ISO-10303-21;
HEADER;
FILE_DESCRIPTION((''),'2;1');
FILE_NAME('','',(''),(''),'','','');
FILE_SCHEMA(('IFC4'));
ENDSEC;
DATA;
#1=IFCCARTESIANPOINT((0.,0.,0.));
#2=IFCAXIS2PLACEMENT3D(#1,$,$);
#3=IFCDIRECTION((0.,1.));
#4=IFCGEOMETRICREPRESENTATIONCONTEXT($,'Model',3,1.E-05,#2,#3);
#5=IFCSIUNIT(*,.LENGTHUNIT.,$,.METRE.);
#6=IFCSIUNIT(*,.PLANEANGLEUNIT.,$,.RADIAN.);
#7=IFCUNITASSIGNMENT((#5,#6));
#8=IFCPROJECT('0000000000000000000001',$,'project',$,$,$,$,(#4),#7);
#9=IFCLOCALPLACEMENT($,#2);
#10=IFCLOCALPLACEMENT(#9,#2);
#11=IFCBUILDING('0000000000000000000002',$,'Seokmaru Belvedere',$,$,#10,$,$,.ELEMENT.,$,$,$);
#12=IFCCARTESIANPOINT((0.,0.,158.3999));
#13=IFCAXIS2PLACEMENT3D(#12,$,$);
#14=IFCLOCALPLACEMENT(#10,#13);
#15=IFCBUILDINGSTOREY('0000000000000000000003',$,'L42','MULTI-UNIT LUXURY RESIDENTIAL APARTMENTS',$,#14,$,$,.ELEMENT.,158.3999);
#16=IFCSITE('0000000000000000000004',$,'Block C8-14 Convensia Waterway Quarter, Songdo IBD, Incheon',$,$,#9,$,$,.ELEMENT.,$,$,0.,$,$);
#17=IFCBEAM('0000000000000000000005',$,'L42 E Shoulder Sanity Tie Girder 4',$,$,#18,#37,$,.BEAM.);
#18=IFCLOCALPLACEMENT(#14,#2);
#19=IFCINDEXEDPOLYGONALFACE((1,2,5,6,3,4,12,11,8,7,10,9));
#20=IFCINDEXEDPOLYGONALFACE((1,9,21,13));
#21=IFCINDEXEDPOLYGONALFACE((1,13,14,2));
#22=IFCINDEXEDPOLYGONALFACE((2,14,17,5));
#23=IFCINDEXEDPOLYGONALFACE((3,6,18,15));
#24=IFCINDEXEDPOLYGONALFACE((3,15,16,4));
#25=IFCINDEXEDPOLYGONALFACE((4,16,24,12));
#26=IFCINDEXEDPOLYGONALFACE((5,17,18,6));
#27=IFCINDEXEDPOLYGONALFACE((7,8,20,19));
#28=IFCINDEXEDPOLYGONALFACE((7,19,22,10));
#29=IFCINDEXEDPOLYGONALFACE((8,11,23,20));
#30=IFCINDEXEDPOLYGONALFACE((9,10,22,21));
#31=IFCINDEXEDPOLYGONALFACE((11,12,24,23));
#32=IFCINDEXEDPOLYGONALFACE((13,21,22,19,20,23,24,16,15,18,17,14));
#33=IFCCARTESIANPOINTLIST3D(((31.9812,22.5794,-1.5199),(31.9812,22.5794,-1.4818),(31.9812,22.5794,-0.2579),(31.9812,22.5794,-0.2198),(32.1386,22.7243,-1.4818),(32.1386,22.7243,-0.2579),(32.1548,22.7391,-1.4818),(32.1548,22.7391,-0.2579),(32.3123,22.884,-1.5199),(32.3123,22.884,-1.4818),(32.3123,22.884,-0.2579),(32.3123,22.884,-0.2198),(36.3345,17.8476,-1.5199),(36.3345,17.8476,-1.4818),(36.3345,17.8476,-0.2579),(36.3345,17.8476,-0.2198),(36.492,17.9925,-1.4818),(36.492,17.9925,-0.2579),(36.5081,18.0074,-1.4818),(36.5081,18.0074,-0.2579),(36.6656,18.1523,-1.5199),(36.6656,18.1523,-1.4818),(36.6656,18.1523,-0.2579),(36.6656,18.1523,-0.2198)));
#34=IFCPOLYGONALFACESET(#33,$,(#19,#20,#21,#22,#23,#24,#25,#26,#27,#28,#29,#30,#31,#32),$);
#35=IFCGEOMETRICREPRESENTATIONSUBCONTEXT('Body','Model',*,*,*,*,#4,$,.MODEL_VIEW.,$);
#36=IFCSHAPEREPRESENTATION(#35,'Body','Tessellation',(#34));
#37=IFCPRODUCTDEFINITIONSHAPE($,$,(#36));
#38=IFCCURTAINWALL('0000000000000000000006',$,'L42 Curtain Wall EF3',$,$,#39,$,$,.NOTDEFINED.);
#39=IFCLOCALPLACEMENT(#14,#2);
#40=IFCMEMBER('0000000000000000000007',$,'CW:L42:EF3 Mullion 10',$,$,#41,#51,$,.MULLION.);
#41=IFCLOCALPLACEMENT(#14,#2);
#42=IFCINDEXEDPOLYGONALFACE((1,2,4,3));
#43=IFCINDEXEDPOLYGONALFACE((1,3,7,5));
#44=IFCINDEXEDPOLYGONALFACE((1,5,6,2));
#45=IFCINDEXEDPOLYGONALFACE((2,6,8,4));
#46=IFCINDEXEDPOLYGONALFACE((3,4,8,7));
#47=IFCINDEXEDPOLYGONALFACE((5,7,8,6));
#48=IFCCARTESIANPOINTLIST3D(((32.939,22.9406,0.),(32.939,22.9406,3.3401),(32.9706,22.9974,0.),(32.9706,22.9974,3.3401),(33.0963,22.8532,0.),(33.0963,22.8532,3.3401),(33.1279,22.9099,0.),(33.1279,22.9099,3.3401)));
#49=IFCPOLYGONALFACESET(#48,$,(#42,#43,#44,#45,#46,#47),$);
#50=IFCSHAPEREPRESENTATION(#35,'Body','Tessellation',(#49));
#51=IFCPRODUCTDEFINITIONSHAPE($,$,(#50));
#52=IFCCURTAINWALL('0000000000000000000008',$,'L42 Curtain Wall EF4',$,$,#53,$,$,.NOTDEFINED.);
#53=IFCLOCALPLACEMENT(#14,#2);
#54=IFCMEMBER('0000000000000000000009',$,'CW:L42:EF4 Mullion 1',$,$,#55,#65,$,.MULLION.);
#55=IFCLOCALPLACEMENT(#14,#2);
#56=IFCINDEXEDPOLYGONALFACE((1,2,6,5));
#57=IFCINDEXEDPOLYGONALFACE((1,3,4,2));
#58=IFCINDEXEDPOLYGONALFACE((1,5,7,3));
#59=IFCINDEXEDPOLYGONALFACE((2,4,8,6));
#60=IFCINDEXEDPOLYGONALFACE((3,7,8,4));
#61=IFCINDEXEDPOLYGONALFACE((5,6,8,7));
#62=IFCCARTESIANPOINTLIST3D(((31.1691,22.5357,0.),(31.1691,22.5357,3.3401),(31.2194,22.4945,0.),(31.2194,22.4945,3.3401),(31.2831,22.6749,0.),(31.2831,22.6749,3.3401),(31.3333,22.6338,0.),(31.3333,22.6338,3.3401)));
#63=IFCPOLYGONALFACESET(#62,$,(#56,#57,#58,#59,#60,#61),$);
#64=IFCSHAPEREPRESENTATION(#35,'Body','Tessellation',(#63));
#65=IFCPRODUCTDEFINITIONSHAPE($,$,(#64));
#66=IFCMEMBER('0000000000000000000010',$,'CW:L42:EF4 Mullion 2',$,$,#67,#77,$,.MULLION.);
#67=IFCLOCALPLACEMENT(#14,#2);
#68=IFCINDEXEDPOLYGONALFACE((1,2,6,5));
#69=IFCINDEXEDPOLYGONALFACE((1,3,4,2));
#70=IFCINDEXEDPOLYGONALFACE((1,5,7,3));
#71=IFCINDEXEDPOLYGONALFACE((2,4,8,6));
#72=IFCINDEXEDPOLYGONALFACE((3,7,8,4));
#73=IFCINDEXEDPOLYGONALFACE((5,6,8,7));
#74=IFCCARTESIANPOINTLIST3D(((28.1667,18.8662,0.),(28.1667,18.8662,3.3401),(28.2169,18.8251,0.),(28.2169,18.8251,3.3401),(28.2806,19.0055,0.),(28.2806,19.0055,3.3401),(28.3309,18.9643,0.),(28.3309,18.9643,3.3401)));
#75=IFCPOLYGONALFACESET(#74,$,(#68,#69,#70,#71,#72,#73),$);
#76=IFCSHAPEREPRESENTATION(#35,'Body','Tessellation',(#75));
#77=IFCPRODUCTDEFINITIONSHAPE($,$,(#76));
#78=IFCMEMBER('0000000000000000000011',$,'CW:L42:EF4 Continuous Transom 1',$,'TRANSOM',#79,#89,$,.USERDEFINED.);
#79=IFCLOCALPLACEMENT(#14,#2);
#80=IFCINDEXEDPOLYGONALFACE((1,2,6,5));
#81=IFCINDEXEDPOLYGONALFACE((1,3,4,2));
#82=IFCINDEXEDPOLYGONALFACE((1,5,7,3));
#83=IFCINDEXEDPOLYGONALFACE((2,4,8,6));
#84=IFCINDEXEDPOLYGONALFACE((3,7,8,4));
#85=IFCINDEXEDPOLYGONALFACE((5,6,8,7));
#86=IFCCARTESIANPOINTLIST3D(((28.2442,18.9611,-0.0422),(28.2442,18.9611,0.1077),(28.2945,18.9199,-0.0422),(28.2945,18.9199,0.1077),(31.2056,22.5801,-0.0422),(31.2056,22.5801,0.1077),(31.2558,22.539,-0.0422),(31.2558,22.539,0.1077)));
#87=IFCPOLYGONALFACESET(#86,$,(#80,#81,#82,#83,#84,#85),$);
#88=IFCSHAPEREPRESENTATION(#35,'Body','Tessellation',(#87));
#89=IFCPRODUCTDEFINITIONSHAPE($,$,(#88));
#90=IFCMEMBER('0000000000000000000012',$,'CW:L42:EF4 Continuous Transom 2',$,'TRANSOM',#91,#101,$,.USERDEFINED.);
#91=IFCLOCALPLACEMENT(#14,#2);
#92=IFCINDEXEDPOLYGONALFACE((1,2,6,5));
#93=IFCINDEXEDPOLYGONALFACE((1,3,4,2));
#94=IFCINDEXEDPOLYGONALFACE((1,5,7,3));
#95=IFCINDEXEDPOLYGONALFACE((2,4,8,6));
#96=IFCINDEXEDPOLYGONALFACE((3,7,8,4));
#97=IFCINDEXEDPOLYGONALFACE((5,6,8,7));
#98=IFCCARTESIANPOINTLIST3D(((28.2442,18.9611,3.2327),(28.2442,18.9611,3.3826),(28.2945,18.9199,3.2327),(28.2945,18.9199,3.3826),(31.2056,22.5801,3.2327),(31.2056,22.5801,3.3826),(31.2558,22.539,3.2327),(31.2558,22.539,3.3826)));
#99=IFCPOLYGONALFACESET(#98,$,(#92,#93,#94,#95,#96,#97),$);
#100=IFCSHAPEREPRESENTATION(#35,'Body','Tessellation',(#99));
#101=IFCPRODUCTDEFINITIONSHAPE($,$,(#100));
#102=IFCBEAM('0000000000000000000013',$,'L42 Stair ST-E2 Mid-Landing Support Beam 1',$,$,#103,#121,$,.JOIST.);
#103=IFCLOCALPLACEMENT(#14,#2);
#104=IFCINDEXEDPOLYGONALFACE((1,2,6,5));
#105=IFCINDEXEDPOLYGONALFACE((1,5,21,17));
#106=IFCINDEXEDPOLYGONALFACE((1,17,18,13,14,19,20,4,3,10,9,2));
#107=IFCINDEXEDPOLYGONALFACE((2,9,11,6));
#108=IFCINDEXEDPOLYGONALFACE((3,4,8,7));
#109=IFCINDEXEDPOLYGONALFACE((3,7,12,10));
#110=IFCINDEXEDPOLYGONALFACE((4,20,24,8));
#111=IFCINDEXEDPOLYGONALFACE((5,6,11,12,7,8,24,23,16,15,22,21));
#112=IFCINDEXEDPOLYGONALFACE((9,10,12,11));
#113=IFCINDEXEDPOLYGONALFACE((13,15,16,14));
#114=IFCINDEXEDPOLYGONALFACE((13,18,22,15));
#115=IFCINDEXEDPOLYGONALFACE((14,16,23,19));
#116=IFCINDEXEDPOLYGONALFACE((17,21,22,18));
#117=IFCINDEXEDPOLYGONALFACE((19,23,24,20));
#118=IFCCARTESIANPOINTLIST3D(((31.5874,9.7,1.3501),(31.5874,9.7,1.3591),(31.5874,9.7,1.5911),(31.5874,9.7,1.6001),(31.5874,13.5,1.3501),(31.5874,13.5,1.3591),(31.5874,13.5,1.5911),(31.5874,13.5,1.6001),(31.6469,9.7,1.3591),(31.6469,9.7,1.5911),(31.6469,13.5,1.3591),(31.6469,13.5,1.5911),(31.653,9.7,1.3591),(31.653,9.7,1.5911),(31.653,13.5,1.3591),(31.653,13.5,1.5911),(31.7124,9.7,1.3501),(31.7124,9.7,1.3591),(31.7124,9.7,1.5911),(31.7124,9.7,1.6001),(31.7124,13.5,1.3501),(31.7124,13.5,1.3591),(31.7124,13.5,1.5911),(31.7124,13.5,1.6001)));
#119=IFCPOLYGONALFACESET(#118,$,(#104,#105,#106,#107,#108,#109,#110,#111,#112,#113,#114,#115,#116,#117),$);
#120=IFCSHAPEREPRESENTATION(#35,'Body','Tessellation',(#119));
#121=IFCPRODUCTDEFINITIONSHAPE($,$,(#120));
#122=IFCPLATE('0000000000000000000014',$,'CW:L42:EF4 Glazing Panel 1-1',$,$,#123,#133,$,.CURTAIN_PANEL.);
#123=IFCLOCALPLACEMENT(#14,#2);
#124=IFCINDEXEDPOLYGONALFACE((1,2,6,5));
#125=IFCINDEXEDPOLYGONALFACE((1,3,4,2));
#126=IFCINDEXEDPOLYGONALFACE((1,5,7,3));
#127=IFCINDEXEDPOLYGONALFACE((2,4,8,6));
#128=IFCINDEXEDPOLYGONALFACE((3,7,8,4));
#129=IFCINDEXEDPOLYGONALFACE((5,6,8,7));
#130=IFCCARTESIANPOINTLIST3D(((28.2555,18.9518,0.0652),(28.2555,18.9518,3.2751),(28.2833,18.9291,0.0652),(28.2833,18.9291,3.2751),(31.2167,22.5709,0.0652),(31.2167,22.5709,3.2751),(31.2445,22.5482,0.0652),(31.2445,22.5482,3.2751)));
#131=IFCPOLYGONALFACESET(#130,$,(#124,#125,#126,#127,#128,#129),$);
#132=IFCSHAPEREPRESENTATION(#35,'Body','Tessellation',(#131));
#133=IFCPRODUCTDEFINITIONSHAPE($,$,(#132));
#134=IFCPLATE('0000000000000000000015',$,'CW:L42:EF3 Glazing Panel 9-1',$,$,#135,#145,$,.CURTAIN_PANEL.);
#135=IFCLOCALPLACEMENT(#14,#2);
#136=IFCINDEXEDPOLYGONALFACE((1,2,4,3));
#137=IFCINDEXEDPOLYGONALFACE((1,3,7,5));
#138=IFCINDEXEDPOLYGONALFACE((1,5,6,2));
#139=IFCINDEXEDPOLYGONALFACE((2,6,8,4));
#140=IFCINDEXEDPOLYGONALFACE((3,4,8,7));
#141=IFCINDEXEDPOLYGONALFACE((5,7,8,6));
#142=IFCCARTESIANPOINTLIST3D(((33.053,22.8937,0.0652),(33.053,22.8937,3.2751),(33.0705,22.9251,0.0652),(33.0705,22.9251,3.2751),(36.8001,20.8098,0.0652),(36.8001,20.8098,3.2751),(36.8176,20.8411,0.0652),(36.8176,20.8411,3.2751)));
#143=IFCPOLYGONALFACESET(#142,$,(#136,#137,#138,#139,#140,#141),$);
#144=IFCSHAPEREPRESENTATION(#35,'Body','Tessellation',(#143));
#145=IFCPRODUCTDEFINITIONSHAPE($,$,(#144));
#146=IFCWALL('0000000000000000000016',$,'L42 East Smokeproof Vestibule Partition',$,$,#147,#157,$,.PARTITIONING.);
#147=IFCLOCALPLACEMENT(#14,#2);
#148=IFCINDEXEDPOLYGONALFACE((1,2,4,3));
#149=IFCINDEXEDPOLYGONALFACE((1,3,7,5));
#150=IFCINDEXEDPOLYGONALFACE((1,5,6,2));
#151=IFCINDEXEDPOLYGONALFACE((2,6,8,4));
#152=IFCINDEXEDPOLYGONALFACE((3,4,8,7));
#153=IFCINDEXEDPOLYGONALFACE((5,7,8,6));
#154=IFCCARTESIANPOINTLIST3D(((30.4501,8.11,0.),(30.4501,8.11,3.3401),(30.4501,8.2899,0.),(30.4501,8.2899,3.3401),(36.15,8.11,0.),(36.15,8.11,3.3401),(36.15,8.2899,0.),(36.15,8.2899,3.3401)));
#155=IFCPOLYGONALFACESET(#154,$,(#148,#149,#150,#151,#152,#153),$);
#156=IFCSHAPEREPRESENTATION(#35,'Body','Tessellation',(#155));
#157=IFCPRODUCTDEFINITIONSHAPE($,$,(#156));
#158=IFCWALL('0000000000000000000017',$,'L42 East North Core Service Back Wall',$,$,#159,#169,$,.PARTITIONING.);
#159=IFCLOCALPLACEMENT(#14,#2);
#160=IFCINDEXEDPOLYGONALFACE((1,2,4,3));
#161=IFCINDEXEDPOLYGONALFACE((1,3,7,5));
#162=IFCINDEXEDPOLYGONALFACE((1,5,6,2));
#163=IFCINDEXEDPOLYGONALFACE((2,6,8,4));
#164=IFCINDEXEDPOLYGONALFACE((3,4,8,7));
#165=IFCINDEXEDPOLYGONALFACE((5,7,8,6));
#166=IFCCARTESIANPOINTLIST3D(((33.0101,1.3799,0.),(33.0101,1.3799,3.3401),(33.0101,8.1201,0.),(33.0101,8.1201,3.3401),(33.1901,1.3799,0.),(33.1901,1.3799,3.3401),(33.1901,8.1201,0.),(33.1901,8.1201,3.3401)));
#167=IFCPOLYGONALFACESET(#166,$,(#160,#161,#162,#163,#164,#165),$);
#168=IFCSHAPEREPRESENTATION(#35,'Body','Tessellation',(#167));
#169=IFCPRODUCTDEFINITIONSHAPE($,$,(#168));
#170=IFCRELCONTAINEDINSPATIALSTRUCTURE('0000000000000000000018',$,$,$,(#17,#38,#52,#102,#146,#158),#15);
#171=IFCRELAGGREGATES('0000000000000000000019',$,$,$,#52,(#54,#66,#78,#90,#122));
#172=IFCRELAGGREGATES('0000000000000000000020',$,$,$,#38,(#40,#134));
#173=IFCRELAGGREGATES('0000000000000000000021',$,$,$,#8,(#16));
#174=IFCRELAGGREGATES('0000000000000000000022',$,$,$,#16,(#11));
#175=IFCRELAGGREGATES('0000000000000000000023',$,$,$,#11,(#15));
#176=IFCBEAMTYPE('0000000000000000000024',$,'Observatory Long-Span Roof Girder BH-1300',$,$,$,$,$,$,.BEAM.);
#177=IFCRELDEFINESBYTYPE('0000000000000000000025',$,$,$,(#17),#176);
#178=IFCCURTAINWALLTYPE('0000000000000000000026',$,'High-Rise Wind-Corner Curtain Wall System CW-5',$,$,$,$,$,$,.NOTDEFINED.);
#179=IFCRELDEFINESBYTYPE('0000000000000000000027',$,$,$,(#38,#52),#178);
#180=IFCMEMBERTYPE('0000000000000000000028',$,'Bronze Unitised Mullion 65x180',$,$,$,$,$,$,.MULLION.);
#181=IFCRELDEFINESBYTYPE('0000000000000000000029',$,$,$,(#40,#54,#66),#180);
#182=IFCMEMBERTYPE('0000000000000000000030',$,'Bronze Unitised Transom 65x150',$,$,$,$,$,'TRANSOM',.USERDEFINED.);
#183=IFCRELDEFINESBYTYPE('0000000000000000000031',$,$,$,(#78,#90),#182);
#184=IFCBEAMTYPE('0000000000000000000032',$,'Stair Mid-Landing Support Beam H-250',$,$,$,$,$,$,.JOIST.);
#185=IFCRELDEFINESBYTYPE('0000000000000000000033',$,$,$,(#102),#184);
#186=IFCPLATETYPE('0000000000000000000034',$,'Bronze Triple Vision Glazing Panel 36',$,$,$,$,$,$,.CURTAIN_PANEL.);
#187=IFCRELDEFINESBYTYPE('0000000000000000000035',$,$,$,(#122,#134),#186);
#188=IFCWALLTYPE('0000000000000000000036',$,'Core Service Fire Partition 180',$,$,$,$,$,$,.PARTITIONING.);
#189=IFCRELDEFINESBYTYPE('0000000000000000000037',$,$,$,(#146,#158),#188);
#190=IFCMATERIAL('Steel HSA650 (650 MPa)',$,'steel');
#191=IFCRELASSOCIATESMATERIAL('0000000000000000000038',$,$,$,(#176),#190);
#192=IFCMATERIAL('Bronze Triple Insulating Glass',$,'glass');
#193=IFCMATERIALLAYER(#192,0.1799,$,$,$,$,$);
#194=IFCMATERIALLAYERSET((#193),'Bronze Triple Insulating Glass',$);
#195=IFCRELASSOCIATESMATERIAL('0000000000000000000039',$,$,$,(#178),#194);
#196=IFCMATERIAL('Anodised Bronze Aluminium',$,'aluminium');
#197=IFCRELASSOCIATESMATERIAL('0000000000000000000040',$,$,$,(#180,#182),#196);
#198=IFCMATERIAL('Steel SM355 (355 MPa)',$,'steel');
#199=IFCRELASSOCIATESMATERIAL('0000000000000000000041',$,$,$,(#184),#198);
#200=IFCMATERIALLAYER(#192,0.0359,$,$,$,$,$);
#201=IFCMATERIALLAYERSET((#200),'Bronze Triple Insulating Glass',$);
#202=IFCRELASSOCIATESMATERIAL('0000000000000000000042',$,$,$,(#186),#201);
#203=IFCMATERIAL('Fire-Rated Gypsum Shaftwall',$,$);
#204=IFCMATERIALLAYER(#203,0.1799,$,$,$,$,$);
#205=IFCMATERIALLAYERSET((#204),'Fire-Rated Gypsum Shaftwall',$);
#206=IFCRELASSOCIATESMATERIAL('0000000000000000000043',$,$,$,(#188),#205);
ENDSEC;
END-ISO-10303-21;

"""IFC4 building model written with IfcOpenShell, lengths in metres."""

from ifc_helpers import new_model, si_unit, direction, frame, frame_2d, origin, origin_2d, place, context, subcontext, project, spatial, rectangle, i_section, extrude, source, transform, mapped, material, layer, layer_set, material_profile, profile_set, type_object, type_shapes, element, aggregate, save


model = new_model("IFC4")

# Units and contexts
model_context = context("Model", 3, precision=1e-05, world=origin(), true_north=direction((0.0, 1.0)))
body_context = subcontext(model_context, "Body", "Model", "MODEL_VIEW")
ifc_project = project(units=[si_unit("LENGTHUNIT", "METRE"), si_unit("PLANEANGLEUNIT", "RADIAN")], contexts=[model_context])

# Site, building, storey
site_placement = place(None, origin())
site = spatial("IfcSite", under=ifc_project, at=site_placement, Name="Block C8-14 Convensia Waterway Quarter, Songdo IBD, Incheon", CompositionType="ELEMENT", RefElevation=0.0)
building_placement = place(site_placement, origin())
building = spatial("IfcBuilding", under=site, at=building_placement, Name="Seokmaru Belvedere", CompositionType="ELEMENT")
storey_placement = place(building_placement, frame((0.0, 0.0, 158.3999)))
storey = spatial("IfcBuildingStorey", under=building, at=storey_placement, Name="L42", Description="MULTI-UNIT LUXURY RESIDENTIAL APARTMENTS", CompositionType="ELEMENT", Elevation=158.3999)

# Shared definitions
ifc_material_1 = material(Name="Steel SM355 (355 MPa)", Category="steel")

# Beam
ifc_material_2 = material(Name="Steel HSA650 (650 MPa)", Category="steel")
ifc_material_profile_1 = material_profile(ifc_material_2, i_section(OverallWidth=0.45, OverallDepth=1.3, WebThickness=0.022, FlangeThickness=0.0381, at=origin_2d()), Name="BH-1300x450x22x38")
ifc_profile_set_1 = profile_set([ifc_material_profile_1], Name="Steel HSA650 (650 MPa)")
beam_type_1 = type_object("IfcBeamType", Name="Observatory Long-Span Roof Girder BH-1300", PredefinedType="BEAM", material=ifc_profile_set_1)
shared_shape_1 = source(origin(), body_context, "Body", "SweptSolid", [
    extrude(i_section(OverallWidth=0.45, OverallDepth=1.3, WebThickness=0.022, FlangeThickness=0.0381, at=origin_2d()), origin(), (0.0, 0.0, 1.0), 6.4297),
])
beam_1_placement = place(storey_placement, frame((32.1467, 22.7317, -0.8699), z_axis=(0.677066, -0.735922, 0.0), x_axis=(0.735922, 0.677066, 0.0)))
element("IfcBeam", 1, at=beam_1_placement, inside=storey, type_object=beam_type_1, Name="L42 E Shoulder Sanity Tie Girder 4", PredefinedType="BEAM", context=body_context, shape_type="MappedRepresentation", body=[
    mapped(shared_shape_1, transform((0.0, 0.0, 0.0), scale=1.0)),
])

# Curtain wall, member
ifc_material_3 = material(Name="Bronze Triple Insulating Glass", Category="glass")
ifc_layer_1 = layer(ifc_material_3, 0.1799)
ifc_layer_set_1 = layer_set([ifc_layer_1], Name="Bronze Triple Insulating Glass")
curtain_wall_type = type_object("IfcCurtainWallType", Name="High-Rise Wind-Corner Curtain Wall System CW-5", PredefinedType="NOTDEFINED", material=ifc_layer_set_1)
curtain_wall_1_placement = place(storey_placement, origin())
curtain_wall_1 = element("IfcCurtainWall", 2, at=curtain_wall_1_placement, inside=storey, type_object=curtain_wall_type, Name="L42 Curtain Wall EF3", PredefinedType="NOTDEFINED")
ifc_material_4 = material(Name="Anodised Bronze Aluminium", Category="aluminium")
ifc_material_profile_2 = material_profile(ifc_material_4, rectangle(XDim=0.0649, YDim=0.1799, at=origin_2d()), Name="CW-M-65x180")
ifc_profile_set_2 = profile_set([ifc_material_profile_2], Name="Anodised Bronze Aluminium")
member_type_1 = type_object("IfcMemberType", Name="Bronze Unitised Mullion 65x180", PredefinedType="MULLION", material=ifc_profile_set_2)
shared_shape_2 = source(origin(), body_context, "Body", "SweptSolid", [
    extrude(rectangle(XDim=0.0649, YDim=0.1799, at=origin_2d()), origin(), (0.0, 0.0, 1.0), 3.3401),
])
type_shapes(member_type_1, [shared_shape_2])
member_1_placement = place(storey_placement, frame((33.0334, 22.9253, 0.0), z_axis=(0.0, 0.0, 1.0), x_axis=(-0.486047, -0.873933, 0.0)))
member_1 = element("IfcMember", 3, at=member_1_placement, type_object=member_type_1, Name="CW:L42:EF3 Mullion 10", PredefinedType="MULLION", context=body_context, shape_type="MappedRepresentation", body=[
    mapped(shared_shape_2, transform((0.0, 0.0, 0.0), scale=1.0)),
])

# Curtain wall, members
curtain_wall_2_placement = place(storey_placement, origin())
curtain_wall_2 = element("IfcCurtainWall", 4, at=curtain_wall_2_placement, inside=storey, type_object=curtain_wall_type, Name="L42 Curtain Wall EF4", PredefinedType="NOTDEFINED")
member_2_placement = place(storey_placement, frame((31.2512, 22.5847, 0.0), z_axis=(0.0, 0.0, 1.0), x_axis=(0.773944, -0.633254, 0.0)))
member_2 = element("IfcMember", 5, at=member_2_placement, type_object=member_type_1, Name="CW:L42:EF4 Mullion 1", PredefinedType="MULLION", context=body_context, shape_type="MappedRepresentation", body=[
    mapped(shared_shape_2, transform((0.0, 0.0, 0.0), scale=1.0)),
])
member_3_placement = place(storey_placement, frame((28.2488, 18.9153, 0.0), z_axis=(0.0, 0.0, 1.0), x_axis=(0.773944, -0.633254, 0.0)))
member_3 = element("IfcMember", 6, at=member_3_placement, type_object=member_type_1, Name="CW:L42:EF4 Mullion 2", PredefinedType="MULLION", context=body_context, shape_type="MappedRepresentation", body=[
    mapped(shared_shape_2, transform((0.0, 0.0, 0.0), scale=1.0)),
])
ifc_material_profile_3 = material_profile(ifc_material_4, rectangle(XDim=0.0649, YDim=0.1499, at=origin_2d()), Name="CW-T-65x150")
ifc_profile_set_3 = profile_set([ifc_material_profile_3], Name="Anodised Bronze Aluminium")
member_type_2 = type_object("IfcMemberType", Name="Bronze Unitised Transom 65x150", ElementType="TRANSOM", PredefinedType="USERDEFINED", material=ifc_profile_set_3)
shared_shape_3 = source(origin(), body_context, "Body", "SweptSolid", [
    extrude(rectangle(XDim=0.0649, YDim=0.1499, at=origin_2d()), origin(), (0.0, 0.0, 1.0), 4.6763),
])
type_shapes(member_type_2, [shared_shape_3])
member_4_placement = place(storey_placement, frame((31.2307, 22.5596, 0.0327), z_axis=(-0.633278, -0.773925, 0.0), x_axis=(0.773925, -0.633278, 0.0)))
member_4 = element("IfcMember", 7, at=member_4_placement, type_object=member_type_2, Name="CW:L42:EF4 Continuous Transom 1", ObjectType="TRANSOM", PredefinedType="USERDEFINED", context=body_context, shape_type="MappedRepresentation", body=[
    mapped(shared_shape_3, transform((0.0, 0.0, 0.0), scale=1.0)),
])
member_5_placement = place(storey_placement, frame((31.2307, 22.5596, 3.3076), z_axis=(-0.633278, -0.773925, 0.0), x_axis=(0.773925, -0.633278, 0.0)))
member_5 = element("IfcMember", 8, at=member_5_placement, type_object=member_type_2, Name="CW:L42:EF4 Continuous Transom 2", ObjectType="TRANSOM", PredefinedType="USERDEFINED", context=body_context, shape_type="MappedRepresentation", body=[
    mapped(shared_shape_3, transform((0.0, 0.0, 0.0), scale=1.0)),
])

# Beam
ifc_material_profile_4 = material_profile(ifc_material_1, i_section(OverallWidth=0.125, OverallDepth=0.25, WebThickness=0.0061, FlangeThickness=0.009, at=origin_2d()), Name="H-250x125x6x9")
ifc_profile_set_4 = profile_set([ifc_material_profile_4], Name="Steel SM355 (355 MPa)")
beam_type_2 = type_object("IfcBeamType", Name="Stair Mid-Landing Support Beam H-250", PredefinedType="JOIST", material=ifc_profile_set_4)
shared_shape_4 = source(origin(), body_context, "Body", "SweptSolid", [
    extrude(i_section(OverallWidth=0.125, OverallDepth=0.25, WebThickness=0.0061, FlangeThickness=0.009, at=origin_2d()), origin(), (0.0, 0.0, 1.0), 3.8),
])
type_shapes(beam_type_2, [shared_shape_4])
beam_2_placement = place(storey_placement, frame((31.6499, 9.7, 1.4751), z_axis=(0.0, 1.0, 0.0), x_axis=(-1.0, 0.0, 0.0)))
element("IfcBeam", 9, at=beam_2_placement, inside=storey, type_object=beam_type_2, Name="L42 Stair ST-E2 Mid-Landing Support Beam 1", PredefinedType="JOIST", context=body_context, shape_type="MappedRepresentation", body=[
    mapped(shared_shape_4, transform((0.0, 0.0, 0.0), scale=1.0)),
])

# Plates
ifc_layer_2 = layer(ifc_material_3, 0.0359)
ifc_layer_set_2 = layer_set([ifc_layer_2], Name="Bronze Triple Insulating Glass")
plate_type = type_object("IfcPlateType", Name="Bronze Triple Vision Glazing Panel 36", PredefinedType="CURTAIN_PANEL", material=ifc_layer_set_2)
shared_shape_5 = source(origin(), body_context, "Body", "SweptSolid", [
    extrude(rectangle(XDim=4.6763, YDim=0.0359, at=origin_2d()), origin(), (0.0, 0.0, 1.0), 3.21),
])
plate_1_placement = place(storey_placement, frame((29.75, 20.75, 0.0652), z_axis=(0.0, 0.0, 1.0), x_axis=(-0.633254, -0.773944, 0.0)))
plate_1 = element("IfcPlate", 10, at=plate_1_placement, type_object=plate_type, Name="CW:L42:EF4 Glazing Panel 1-1", PredefinedType="CURTAIN_PANEL", context=body_context, shape_type="MappedRepresentation", body=[
    mapped(shared_shape_5, transform((0.0, 0.0, 0.0), scale=1.0)),
])
aggregate(curtain_wall_2, [member_2, member_3, member_4, member_5, plate_1])
shared_shape_6 = source(origin(), body_context, "Body", "SweptSolid", [
    extrude(rectangle(XDim=4.2876, YDim=0.0359, at=origin_2d()), origin(), (0.0, 0.0, 1.0), 3.21),
])
type_shapes(plate_type, [shared_shape_5, shared_shape_6])
plate_2_placement = place(storey_placement, frame((34.9353, 21.8674, 0.0652), z_axis=(0.0, 0.0, 1.0), x_axis=(-0.873933, 0.486047, 0.0)))
plate_2 = element("IfcPlate", 11, at=plate_2_placement, type_object=plate_type, Name="CW:L42:EF3 Glazing Panel 9-1", PredefinedType="CURTAIN_PANEL", context=body_context, shape_type="MappedRepresentation", body=[
    mapped(shared_shape_6, transform((0.0, 0.0, 0.0), scale=1.0)),
])
aggregate(curtain_wall_1, [member_1, plate_2])

# Walls
ifc_material_5 = material(Name="Fire-Rated Gypsum Shaftwall")
ifc_layer_3 = layer(ifc_material_5, 0.1799)
ifc_layer_set_3 = layer_set([ifc_layer_3], Name="Fire-Rated Gypsum Shaftwall")
wall_type_1 = type_object("IfcWallType", Name="Core Service Fire Partition 180", PredefinedType="PARTITIONING", material=ifc_layer_set_3)
wall_1_placement = place(storey_placement, frame((30.45, 8.2, 0.0), z_axis=(0.0, 0.0, 1.0), x_axis=(1.0, 0.0, 0.0)))
element("IfcWall", 12, at=wall_1_placement, inside=storey, type_object=wall_type_1, Name="L42 East Smokeproof Vestibule Partition", PredefinedType="PARTITIONING", context=body_context, shape_type="SweptSolid", body=[
    extrude(rectangle(XDim=5.7, YDim=0.1799, at=frame_2d((2.8501, 0.0))), origin(), (0.0, 0.0, 1.0), 3.3401),
])
wall_2_placement = place(storey_placement, frame((33.1001, 1.3799, 0.0), z_axis=(0.0, 0.0, 1.0), x_axis=(0.0, 1.0, 0.0)))
element("IfcWall", 13, at=wall_2_placement, inside=storey, type_object=wall_type_1, Name="L42 East North Core Service Back Wall", PredefinedType="PARTITIONING", context=body_context, shape_type="SweptSolid", body=[
    extrude(rectangle(XDim=6.7402, YDim=0.1799, at=frame_2d((3.3701, 0.0))), origin(), (0.0, 0.0, 1.0), 3.3401),
])

save(model, "model.ifc")
